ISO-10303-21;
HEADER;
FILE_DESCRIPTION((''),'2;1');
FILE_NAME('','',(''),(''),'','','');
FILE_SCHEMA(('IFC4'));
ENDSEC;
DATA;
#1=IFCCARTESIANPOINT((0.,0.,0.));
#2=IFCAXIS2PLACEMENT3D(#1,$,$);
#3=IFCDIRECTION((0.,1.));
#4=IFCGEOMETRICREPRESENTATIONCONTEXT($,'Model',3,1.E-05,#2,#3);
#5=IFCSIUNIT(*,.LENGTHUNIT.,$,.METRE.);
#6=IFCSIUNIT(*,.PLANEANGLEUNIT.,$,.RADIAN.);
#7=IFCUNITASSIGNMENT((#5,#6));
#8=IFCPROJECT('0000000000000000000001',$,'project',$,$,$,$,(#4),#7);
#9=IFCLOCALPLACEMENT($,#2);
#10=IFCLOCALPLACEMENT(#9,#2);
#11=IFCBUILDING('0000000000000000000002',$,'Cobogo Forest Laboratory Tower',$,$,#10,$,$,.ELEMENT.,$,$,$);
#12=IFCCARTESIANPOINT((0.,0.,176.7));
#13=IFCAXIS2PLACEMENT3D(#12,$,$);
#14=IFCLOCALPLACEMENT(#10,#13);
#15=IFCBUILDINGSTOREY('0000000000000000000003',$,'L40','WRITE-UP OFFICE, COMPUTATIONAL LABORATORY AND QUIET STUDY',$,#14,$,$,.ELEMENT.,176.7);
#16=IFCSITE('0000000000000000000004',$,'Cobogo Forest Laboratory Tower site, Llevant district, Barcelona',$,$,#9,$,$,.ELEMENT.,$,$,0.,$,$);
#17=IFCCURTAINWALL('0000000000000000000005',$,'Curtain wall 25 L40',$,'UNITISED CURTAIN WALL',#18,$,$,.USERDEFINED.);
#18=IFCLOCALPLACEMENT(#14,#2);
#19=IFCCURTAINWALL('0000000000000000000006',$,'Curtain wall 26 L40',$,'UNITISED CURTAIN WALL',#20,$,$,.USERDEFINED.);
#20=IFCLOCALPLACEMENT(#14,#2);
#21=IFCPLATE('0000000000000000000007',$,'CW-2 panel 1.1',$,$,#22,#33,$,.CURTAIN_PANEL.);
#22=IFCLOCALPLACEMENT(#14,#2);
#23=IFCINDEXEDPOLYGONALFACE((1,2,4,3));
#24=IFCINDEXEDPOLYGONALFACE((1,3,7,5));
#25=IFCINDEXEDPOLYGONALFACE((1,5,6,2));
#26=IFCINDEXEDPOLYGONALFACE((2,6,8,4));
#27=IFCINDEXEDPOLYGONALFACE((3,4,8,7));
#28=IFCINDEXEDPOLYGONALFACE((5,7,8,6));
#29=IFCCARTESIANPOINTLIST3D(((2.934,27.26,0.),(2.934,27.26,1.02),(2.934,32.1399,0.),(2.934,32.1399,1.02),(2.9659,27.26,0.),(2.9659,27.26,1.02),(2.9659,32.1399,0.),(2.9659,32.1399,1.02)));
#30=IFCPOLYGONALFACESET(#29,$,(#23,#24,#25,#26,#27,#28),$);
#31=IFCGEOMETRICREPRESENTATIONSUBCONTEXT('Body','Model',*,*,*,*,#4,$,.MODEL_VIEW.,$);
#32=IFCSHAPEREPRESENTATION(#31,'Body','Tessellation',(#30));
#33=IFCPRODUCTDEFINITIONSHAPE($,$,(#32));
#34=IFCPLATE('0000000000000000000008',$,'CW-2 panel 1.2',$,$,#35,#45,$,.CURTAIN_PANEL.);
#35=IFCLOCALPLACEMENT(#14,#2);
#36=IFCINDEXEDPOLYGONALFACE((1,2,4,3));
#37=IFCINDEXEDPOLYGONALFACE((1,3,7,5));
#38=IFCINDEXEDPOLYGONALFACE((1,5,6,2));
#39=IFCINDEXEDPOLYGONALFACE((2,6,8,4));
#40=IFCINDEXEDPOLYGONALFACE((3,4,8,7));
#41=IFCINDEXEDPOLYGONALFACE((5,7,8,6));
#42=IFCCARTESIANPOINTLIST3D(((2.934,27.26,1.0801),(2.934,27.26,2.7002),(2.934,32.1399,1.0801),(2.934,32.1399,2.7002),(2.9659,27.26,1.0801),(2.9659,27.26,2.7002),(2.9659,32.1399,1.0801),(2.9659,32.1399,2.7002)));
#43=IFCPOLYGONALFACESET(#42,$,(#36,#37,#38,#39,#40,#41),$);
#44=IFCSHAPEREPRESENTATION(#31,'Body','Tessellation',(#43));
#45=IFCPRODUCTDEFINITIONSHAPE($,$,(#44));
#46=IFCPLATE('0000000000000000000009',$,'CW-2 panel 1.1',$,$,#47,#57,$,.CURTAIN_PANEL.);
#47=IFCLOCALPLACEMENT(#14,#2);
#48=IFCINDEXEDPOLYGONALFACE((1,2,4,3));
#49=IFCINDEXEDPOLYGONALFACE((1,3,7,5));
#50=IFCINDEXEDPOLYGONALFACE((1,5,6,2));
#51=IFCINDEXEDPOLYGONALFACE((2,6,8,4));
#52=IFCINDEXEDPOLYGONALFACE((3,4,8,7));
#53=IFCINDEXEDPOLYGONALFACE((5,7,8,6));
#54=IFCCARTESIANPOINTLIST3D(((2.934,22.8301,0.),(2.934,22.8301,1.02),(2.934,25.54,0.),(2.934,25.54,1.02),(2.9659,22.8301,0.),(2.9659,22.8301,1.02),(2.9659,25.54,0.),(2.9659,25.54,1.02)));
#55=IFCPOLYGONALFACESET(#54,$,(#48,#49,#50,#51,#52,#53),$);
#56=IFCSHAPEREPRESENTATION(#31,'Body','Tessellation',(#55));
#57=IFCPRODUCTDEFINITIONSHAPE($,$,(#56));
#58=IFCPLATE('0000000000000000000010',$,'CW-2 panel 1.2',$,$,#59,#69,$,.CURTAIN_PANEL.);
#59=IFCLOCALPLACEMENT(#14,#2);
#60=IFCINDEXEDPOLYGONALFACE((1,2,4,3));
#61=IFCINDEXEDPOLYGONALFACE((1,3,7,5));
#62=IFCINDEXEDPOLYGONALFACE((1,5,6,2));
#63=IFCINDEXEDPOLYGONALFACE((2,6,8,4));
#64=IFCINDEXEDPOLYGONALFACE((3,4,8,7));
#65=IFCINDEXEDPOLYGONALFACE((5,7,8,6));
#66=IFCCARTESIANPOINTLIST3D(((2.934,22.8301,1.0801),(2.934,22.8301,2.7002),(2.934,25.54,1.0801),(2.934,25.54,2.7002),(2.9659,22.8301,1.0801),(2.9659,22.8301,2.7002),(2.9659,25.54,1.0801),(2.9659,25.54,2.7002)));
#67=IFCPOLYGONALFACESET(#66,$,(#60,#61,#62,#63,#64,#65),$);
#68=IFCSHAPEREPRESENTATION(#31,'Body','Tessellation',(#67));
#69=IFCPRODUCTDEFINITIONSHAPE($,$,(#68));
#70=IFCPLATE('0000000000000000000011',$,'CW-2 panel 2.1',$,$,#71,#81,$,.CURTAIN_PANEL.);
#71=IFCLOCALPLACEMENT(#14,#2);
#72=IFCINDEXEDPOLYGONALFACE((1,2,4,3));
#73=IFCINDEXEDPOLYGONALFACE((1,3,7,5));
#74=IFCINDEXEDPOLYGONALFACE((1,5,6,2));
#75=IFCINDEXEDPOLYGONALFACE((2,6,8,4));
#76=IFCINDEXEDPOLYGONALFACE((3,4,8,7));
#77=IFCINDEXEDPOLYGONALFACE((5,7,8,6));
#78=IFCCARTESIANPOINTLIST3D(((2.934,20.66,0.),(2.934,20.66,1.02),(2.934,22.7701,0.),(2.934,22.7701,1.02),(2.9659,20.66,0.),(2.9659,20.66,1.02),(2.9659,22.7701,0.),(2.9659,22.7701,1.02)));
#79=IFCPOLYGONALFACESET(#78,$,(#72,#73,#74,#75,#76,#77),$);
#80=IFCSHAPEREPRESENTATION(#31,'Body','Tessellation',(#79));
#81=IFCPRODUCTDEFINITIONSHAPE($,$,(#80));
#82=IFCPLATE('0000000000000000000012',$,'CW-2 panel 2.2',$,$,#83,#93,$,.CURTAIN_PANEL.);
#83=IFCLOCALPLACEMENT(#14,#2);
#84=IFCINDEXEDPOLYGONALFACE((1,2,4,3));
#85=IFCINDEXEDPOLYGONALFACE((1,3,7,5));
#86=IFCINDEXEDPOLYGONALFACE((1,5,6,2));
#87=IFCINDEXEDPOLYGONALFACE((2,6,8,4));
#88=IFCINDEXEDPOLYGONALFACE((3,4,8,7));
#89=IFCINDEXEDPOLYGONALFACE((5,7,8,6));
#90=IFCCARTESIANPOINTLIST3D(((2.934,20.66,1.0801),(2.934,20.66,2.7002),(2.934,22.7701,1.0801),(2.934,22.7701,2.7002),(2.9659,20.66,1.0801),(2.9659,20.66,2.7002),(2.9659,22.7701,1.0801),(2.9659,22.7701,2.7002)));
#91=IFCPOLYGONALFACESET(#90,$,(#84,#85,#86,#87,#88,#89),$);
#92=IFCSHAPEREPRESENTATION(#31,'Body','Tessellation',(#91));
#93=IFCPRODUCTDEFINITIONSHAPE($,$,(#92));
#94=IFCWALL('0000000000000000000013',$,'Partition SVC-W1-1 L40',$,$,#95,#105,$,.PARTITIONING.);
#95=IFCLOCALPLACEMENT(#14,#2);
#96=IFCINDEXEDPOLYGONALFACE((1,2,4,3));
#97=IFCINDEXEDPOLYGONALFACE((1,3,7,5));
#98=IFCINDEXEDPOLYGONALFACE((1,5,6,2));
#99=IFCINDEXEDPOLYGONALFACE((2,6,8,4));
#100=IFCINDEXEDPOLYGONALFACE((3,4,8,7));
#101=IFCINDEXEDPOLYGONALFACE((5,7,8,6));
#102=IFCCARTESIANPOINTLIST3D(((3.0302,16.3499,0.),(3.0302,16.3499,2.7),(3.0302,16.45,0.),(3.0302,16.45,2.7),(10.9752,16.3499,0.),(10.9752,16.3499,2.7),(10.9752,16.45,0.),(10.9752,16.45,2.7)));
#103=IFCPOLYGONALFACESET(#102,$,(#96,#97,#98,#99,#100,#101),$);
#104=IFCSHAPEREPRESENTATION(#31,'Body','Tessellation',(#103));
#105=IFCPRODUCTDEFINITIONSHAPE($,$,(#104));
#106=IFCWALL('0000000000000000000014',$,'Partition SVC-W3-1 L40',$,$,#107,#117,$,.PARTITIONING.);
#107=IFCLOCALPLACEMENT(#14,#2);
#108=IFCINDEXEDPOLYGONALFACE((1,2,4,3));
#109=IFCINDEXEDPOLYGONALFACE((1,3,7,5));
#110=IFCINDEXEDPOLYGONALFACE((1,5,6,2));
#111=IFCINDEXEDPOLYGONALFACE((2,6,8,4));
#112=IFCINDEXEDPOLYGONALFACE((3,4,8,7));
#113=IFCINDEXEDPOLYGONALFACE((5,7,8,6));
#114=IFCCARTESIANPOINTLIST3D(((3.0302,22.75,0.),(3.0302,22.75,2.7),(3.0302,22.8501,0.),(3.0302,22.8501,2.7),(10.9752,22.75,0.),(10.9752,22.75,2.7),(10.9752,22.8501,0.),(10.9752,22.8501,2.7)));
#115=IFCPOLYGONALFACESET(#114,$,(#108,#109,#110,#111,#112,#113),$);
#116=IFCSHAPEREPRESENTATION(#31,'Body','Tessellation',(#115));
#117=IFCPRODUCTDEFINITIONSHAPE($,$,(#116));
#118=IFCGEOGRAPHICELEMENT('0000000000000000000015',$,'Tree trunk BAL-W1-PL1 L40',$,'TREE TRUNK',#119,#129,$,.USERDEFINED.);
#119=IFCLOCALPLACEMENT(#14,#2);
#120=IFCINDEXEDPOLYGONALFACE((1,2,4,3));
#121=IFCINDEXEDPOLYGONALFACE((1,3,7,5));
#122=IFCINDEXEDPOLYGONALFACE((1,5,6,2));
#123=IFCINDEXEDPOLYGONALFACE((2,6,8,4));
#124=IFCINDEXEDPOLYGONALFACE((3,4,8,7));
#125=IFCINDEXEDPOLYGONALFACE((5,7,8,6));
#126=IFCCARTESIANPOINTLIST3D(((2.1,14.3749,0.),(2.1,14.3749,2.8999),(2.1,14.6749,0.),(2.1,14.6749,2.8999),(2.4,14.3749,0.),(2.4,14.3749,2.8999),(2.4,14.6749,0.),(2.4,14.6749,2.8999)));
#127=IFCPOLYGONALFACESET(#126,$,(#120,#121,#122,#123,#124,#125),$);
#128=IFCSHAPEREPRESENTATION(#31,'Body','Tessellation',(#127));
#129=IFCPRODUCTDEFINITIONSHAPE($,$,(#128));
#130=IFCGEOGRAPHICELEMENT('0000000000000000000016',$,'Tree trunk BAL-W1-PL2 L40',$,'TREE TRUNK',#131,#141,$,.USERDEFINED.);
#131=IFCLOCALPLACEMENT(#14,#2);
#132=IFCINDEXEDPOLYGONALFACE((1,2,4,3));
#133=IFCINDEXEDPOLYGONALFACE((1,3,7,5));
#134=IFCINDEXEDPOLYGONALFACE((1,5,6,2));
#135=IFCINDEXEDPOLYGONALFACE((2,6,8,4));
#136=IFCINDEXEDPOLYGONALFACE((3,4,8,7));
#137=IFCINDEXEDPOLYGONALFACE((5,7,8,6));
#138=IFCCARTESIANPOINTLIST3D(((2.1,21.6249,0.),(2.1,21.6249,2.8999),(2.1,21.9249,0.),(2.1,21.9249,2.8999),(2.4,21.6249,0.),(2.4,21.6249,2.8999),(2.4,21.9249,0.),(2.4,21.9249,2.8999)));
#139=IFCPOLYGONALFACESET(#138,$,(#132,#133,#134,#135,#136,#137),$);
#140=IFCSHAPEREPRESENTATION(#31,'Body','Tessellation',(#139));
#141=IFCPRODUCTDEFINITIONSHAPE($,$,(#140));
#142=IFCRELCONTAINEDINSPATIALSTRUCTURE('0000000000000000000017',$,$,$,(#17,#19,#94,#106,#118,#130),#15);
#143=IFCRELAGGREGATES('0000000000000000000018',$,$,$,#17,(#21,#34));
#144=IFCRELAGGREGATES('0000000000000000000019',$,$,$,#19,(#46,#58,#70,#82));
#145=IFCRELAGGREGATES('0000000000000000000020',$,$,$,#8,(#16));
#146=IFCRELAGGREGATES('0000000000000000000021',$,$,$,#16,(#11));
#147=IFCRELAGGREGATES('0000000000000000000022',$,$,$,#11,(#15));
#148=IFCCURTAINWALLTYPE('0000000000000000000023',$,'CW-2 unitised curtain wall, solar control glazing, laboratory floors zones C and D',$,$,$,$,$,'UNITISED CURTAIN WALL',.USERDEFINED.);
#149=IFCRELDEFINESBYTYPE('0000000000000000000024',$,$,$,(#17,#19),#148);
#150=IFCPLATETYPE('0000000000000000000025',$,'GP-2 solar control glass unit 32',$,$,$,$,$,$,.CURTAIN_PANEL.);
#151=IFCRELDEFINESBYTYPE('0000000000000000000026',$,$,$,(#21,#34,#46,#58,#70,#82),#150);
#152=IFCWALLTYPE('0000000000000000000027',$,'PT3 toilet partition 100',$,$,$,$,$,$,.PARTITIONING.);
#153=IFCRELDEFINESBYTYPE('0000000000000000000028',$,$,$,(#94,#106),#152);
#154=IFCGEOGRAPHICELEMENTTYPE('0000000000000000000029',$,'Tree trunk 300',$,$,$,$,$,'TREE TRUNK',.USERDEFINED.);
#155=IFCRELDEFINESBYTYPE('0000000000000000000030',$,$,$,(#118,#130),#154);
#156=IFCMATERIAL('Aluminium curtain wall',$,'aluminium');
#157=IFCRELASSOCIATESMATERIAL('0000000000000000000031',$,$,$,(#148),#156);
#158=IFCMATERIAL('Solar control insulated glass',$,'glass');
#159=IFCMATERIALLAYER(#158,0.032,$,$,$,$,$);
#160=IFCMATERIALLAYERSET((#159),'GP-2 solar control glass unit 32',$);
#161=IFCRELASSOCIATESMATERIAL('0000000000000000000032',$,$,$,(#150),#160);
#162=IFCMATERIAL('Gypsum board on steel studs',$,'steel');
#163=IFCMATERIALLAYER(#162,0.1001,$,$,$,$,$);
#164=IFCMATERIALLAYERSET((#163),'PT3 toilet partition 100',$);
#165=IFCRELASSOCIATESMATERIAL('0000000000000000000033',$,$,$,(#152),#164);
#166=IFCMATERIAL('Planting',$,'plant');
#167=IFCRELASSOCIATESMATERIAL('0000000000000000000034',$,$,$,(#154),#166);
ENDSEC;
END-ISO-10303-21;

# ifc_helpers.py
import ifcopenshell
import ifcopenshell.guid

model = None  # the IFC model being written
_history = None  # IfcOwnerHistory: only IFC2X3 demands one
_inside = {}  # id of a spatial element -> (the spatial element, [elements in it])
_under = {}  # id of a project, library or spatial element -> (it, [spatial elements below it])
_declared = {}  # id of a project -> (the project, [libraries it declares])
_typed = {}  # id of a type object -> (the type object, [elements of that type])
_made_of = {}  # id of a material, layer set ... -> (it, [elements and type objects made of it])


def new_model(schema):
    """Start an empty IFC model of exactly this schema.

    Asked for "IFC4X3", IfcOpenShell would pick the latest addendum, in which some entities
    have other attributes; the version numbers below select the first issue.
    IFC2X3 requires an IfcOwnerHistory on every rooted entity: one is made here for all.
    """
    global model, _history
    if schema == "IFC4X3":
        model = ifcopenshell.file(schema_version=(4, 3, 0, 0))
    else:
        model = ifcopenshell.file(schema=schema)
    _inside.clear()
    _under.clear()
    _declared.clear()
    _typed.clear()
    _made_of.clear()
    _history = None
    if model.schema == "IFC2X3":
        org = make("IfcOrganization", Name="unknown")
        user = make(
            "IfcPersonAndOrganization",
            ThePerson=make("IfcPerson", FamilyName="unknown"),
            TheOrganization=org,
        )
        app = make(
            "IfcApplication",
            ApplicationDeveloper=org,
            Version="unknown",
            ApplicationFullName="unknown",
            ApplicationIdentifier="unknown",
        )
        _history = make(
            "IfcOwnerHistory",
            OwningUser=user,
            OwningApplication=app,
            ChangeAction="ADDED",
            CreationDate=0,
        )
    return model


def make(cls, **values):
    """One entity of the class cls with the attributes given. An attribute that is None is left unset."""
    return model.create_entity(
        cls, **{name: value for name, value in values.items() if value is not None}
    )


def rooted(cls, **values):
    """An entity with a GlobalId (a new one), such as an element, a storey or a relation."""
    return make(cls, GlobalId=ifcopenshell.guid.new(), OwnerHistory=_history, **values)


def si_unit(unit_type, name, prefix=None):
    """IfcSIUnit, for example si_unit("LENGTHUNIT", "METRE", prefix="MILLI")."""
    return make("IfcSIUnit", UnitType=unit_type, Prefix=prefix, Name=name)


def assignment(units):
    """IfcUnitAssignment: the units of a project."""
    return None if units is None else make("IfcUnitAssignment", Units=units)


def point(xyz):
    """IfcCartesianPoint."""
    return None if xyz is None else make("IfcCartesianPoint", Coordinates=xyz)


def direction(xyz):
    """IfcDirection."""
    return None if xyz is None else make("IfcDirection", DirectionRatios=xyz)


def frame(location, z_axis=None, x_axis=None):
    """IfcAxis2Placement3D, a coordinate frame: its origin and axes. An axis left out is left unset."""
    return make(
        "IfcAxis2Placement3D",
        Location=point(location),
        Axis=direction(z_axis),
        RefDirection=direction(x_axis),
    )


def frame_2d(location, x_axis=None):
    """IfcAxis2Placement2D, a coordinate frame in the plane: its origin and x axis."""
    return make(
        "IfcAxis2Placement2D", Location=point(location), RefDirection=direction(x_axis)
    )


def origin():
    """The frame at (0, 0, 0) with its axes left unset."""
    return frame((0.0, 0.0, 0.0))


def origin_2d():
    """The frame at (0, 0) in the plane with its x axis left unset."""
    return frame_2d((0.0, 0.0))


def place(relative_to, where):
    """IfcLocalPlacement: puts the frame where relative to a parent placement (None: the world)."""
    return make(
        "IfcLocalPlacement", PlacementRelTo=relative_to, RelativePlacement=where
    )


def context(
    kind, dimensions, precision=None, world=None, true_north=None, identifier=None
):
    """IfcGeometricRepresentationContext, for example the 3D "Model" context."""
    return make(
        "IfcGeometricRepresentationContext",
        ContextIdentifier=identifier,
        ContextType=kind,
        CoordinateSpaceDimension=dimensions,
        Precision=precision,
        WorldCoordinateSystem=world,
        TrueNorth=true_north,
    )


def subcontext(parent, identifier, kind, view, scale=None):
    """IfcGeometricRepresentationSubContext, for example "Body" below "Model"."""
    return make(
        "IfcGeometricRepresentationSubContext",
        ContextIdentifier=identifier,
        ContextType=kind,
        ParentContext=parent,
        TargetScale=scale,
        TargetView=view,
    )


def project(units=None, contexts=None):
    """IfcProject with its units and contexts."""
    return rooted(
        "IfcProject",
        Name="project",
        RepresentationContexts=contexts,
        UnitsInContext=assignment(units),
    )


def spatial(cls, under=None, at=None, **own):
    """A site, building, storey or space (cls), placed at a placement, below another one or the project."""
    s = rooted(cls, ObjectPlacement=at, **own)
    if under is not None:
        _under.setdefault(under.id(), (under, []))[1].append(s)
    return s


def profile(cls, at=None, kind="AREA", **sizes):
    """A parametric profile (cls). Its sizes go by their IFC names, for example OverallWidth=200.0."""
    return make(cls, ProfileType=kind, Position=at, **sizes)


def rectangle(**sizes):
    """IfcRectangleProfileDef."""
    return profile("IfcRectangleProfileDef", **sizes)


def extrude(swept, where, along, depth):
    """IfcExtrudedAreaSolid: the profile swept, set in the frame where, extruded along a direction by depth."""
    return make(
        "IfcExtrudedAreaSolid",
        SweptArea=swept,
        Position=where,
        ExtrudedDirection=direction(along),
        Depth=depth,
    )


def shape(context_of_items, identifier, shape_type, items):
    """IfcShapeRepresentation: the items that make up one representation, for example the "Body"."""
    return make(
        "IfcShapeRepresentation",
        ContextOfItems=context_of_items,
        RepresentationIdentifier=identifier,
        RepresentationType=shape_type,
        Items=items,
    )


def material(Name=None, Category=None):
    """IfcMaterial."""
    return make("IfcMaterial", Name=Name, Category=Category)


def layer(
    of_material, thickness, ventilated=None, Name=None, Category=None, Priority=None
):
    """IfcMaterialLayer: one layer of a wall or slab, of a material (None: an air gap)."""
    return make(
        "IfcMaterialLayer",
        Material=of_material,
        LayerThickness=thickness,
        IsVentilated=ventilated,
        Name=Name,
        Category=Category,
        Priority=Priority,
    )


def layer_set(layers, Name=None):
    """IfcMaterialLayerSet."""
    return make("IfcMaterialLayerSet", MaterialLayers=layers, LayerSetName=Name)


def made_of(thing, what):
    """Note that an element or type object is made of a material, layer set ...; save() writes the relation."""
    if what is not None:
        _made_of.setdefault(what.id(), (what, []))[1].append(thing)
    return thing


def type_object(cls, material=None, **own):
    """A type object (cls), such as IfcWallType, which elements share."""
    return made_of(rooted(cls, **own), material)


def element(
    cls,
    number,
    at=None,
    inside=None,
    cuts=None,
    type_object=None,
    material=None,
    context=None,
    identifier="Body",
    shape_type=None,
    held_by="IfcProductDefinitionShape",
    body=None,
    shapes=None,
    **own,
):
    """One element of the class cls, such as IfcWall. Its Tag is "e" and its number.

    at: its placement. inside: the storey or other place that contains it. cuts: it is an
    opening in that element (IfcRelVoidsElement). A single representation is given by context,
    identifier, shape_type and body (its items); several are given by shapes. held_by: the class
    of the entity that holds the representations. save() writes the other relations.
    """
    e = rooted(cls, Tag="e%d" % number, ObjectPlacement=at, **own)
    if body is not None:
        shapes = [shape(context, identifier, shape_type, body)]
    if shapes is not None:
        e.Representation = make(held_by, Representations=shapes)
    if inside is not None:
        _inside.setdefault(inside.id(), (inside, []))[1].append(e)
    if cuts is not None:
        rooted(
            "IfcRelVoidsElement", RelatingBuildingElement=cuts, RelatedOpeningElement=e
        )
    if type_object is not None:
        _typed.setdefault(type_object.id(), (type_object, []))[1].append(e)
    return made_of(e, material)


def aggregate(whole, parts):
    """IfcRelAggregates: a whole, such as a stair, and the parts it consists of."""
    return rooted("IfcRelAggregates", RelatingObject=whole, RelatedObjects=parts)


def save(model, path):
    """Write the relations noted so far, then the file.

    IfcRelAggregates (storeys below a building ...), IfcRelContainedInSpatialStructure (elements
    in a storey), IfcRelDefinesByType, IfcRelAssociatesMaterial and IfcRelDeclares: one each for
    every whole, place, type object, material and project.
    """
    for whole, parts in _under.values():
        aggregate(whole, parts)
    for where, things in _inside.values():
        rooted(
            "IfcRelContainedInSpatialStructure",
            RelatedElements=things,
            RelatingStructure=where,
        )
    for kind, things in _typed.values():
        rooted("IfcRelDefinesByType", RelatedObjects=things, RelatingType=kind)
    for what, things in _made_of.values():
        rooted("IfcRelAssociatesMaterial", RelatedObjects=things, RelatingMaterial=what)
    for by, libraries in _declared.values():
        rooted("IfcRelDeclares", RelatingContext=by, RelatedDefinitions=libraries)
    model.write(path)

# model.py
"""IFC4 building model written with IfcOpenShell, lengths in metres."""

from ifc_helpers import new_model, si_unit, direction, frame, frame_2d, origin, origin_2d, place, context, subcontext, project, spatial, rectangle, extrude, material, layer, layer_set, type_object, element, aggregate, save


model = new_model("IFC4")

# Units and contexts
model_context = context("Model", 3, precision=1e-05, world=origin(), true_north=direction((0.0, 1.0)))
body_context = subcontext(model_context, "Body", "Model", "MODEL_VIEW")
ifc_project = project(units=[si_unit("LENGTHUNIT", "METRE"), si_unit("PLANEANGLEUNIT", "RADIAN")], contexts=[model_context])

# Site, building, storey
site_placement = place(None, origin())
site = spatial("IfcSite", under=ifc_project, at=site_placement, Name="Cobogo Forest Laboratory Tower site, Llevant district, Barcelona", CompositionType="ELEMENT", RefElevation=0.0)
building_placement = place(site_placement, origin())
building = spatial("IfcBuilding", under=site, at=building_placement, Name="Cobogo Forest Laboratory Tower", CompositionType="ELEMENT")
storey_placement = place(building_placement, frame((0.0, 0.0, 176.7)))
storey = spatial("IfcBuildingStorey", under=building, at=storey_placement, Name="L40", Description="WRITE-UP OFFICE, COMPUTATIONAL LABORATORY AND QUIET STUDY", CompositionType="ELEMENT", Elevation=176.7)

# Curtain walls
ifc_material_1 = material(Name="Aluminium curtain wall", Category="aluminium")
curtain_wall_type = type_object("IfcCurtainWallType", Name="CW-2 unitised curtain wall, solar control glazing, laboratory floors zones C and D", ElementType="UNITISED CURTAIN WALL", PredefinedType="USERDEFINED", material=ifc_material_1)
curtain_wall_1_placement = place(storey_placement, origin())
curtain_wall_1 = element("IfcCurtainWall", 1, at=curtain_wall_1_placement, inside=storey, type_object=curtain_wall_type, Name="Curtain wall 25 L40", ObjectType="UNITISED CURTAIN WALL", PredefinedType="USERDEFINED")
curtain_wall_2_placement = place(storey_placement, origin())
curtain_wall_2 = element("IfcCurtainWall", 2, at=curtain_wall_2_placement, inside=storey, type_object=curtain_wall_type, Name="Curtain wall 26 L40", ObjectType="UNITISED CURTAIN WALL", PredefinedType="USERDEFINED")

# Plates
ifc_material_2 = material(Name="Solar control insulated glass", Category="glass")
ifc_layer_1 = layer(ifc_material_2, 0.032)
ifc_layer_set_1 = layer_set([ifc_layer_1], Name="GP-2 solar control glass unit 32")
plate_type_1 = type_object("IfcPlateType", Name="GP-2 solar control glass unit 32", PredefinedType="CURTAIN_PANEL", material=ifc_layer_set_1)
plate_1_placement = place(storey_placement, frame((2.95, 29.7, 0.0), z_axis=(0.0, 0.0, 1.0), x_axis=(0.0, -1.0, 0.0)))
plate_1 = element("IfcPlate", 3, at=plate_1_placement, type_object=plate_type_1, Name="CW-2 panel 1.1", PredefinedType="CURTAIN_PANEL", context=body_context, shape_type="SweptSolid", body=[
    extrude(rectangle(XDim=4.8799, YDim=0.032, at=origin_2d()), origin(), (0.0, 0.0, 1.0), 1.02),
])
plate_2_placement = place(storey_placement, frame((2.95, 29.7, 1.0801), z_axis=(0.0, 0.0, 1.0), x_axis=(0.0, -1.0, 0.0)))
plate_2 = element("IfcPlate", 4, at=plate_2_placement, type_object=plate_type_1, Name="CW-2 panel 1.2", PredefinedType="CURTAIN_PANEL", context=body_context, shape_type="SweptSolid", body=[
    extrude(rectangle(XDim=4.8799, YDim=0.032, at=origin_2d()), origin(), (0.0, 0.0, 1.0), 1.6201),
])
aggregate(curtain_wall_1, [plate_1, plate_2])
plate_3_placement = place(storey_placement, frame((2.95, 24.1851, 0.0), z_axis=(0.0, 0.0, 1.0), x_axis=(0.0, -1.0, 0.0)))
plate_3 = element("IfcPlate", 5, at=plate_3_placement, type_object=plate_type_1, Name="CW-2 panel 1.1", PredefinedType="CURTAIN_PANEL", context=body_context, shape_type="SweptSolid", body=[
    extrude(rectangle(XDim=2.71, YDim=0.032, at=origin_2d()), origin(), (0.0, 0.0, 1.0), 1.02),
])
plate_4_placement = place(storey_placement, frame((2.95, 24.1851, 1.0801), z_axis=(0.0, 0.0, 1.0), x_axis=(0.0, -1.0, 0.0)))
plate_4 = element("IfcPlate", 6, at=plate_4_placement, type_object=plate_type_1, Name="CW-2 panel 1.2", PredefinedType="CURTAIN_PANEL", context=body_context, shape_type="SweptSolid", body=[
    extrude(rectangle(XDim=2.71, YDim=0.032, at=origin_2d()), origin(), (0.0, 0.0, 1.0), 1.6201),
])
plate_5_placement = place(storey_placement, frame((2.95, 21.7151, 0.0), z_axis=(0.0, 0.0, 1.0), x_axis=(0.0, -1.0, 0.0)))
plate_5 = element("IfcPlate", 7, at=plate_5_placement, type_object=plate_type_1, Name="CW-2 panel 2.1", PredefinedType="CURTAIN_PANEL", context=body_context, shape_type="SweptSolid", body=[
    extrude(rectangle(XDim=2.1101, YDim=0.032, at=origin_2d()), origin(), (0.0, 0.0, 1.0), 1.02),
])
plate_6_placement = place(storey_placement, frame((2.95, 21.7151, 1.0801), z_axis=(0.0, 0.0, 1.0), x_axis=(0.0, -1.0, 0.0)))
plate_6 = element("IfcPlate", 8, at=plate_6_placement, type_object=plate_type_1, Name="CW-2 panel 2.2", PredefinedType="CURTAIN_PANEL", context=body_context, shape_type="SweptSolid", body=[
    extrude(rectangle(XDim=2.1101, YDim=0.032, at=origin_2d()), origin(), (0.0, 0.0, 1.0), 1.6201),
])
aggregate(curtain_wall_2, [plate_3, plate_4, plate_5, plate_6])

# Walls
ifc_material_3 = material(Name="Gypsum board on steel studs", Category="steel")
ifc_layer_2 = layer(ifc_material_3, 0.1001)
ifc_layer_set_2 = layer_set([ifc_layer_2], Name="PT3 toilet partition 100")
wall_type_1 = type_object("IfcWallType", Name="PT3 toilet partition 100", PredefinedType="PARTITIONING", material=ifc_layer_set_2)
for number, where, z_axis, x_axis, name in (
    (9, (3.03, 16.3999, 0.0), (0.0, 0.0, 1.0), (1.0, 0.0, 0.0), "Partition SVC-W1-1 L40"),
    (10, (3.03, 22.8, 0.0), (0.0, 0.0, 1.0), (1.0, 0.0, 0.0), "Partition SVC-W3-1 L40"),
):
    element("IfcWall", number, at=place(storey_placement, frame(where, z_axis=z_axis, x_axis=x_axis)), inside=storey, type_object=wall_type_1, Name=name, PredefinedType="PARTITIONING", context=body_context, shape_type="SweptSolid", body=[
        extrude(rectangle(XDim=7.9451, YDim=0.1001, at=frame_2d((3.9727, 0.0))), origin(), (0.0, 0.0, 1.0), 2.7),
    ])

# Geographic elements
ifc_material_4 = material(Name="Planting", Category="plant")
geographic_element_type = type_object("IfcGeographicElementType", Name="Tree trunk 300", ElementType="TREE TRUNK", PredefinedType="USERDEFINED", material=ifc_material_4)
for number, where, z_axis, x_axis, name in (
    (11, (2.25, 14.5249, 0.0), (0.0, 0.0, 1.0), (1.0, 0.0, 0.0), "Tree trunk BAL-W1-PL1 L40"),
    (12, (2.25, 21.7749, 0.0), (0.0, 0.0, 1.0), (1.0, 0.0, 0.0), "Tree trunk BAL-W1-PL2 L40"),
):
    element("IfcGeographicElement", number, at=place(storey_placement, frame(where, z_axis=z_axis, x_axis=x_axis)), inside=storey, type_object=geographic_element_type, Name=name, ObjectType="TREE TRUNK", PredefinedType="USERDEFINED", context=body_context, shape_type="SweptSolid", body=[
        extrude(rectangle(XDim=0.3, YDim=0.3, at=origin_2d()), origin(), (0.0, 0.0, 1.0), 2.8999),
    ])

save(model, "model.ifc")
